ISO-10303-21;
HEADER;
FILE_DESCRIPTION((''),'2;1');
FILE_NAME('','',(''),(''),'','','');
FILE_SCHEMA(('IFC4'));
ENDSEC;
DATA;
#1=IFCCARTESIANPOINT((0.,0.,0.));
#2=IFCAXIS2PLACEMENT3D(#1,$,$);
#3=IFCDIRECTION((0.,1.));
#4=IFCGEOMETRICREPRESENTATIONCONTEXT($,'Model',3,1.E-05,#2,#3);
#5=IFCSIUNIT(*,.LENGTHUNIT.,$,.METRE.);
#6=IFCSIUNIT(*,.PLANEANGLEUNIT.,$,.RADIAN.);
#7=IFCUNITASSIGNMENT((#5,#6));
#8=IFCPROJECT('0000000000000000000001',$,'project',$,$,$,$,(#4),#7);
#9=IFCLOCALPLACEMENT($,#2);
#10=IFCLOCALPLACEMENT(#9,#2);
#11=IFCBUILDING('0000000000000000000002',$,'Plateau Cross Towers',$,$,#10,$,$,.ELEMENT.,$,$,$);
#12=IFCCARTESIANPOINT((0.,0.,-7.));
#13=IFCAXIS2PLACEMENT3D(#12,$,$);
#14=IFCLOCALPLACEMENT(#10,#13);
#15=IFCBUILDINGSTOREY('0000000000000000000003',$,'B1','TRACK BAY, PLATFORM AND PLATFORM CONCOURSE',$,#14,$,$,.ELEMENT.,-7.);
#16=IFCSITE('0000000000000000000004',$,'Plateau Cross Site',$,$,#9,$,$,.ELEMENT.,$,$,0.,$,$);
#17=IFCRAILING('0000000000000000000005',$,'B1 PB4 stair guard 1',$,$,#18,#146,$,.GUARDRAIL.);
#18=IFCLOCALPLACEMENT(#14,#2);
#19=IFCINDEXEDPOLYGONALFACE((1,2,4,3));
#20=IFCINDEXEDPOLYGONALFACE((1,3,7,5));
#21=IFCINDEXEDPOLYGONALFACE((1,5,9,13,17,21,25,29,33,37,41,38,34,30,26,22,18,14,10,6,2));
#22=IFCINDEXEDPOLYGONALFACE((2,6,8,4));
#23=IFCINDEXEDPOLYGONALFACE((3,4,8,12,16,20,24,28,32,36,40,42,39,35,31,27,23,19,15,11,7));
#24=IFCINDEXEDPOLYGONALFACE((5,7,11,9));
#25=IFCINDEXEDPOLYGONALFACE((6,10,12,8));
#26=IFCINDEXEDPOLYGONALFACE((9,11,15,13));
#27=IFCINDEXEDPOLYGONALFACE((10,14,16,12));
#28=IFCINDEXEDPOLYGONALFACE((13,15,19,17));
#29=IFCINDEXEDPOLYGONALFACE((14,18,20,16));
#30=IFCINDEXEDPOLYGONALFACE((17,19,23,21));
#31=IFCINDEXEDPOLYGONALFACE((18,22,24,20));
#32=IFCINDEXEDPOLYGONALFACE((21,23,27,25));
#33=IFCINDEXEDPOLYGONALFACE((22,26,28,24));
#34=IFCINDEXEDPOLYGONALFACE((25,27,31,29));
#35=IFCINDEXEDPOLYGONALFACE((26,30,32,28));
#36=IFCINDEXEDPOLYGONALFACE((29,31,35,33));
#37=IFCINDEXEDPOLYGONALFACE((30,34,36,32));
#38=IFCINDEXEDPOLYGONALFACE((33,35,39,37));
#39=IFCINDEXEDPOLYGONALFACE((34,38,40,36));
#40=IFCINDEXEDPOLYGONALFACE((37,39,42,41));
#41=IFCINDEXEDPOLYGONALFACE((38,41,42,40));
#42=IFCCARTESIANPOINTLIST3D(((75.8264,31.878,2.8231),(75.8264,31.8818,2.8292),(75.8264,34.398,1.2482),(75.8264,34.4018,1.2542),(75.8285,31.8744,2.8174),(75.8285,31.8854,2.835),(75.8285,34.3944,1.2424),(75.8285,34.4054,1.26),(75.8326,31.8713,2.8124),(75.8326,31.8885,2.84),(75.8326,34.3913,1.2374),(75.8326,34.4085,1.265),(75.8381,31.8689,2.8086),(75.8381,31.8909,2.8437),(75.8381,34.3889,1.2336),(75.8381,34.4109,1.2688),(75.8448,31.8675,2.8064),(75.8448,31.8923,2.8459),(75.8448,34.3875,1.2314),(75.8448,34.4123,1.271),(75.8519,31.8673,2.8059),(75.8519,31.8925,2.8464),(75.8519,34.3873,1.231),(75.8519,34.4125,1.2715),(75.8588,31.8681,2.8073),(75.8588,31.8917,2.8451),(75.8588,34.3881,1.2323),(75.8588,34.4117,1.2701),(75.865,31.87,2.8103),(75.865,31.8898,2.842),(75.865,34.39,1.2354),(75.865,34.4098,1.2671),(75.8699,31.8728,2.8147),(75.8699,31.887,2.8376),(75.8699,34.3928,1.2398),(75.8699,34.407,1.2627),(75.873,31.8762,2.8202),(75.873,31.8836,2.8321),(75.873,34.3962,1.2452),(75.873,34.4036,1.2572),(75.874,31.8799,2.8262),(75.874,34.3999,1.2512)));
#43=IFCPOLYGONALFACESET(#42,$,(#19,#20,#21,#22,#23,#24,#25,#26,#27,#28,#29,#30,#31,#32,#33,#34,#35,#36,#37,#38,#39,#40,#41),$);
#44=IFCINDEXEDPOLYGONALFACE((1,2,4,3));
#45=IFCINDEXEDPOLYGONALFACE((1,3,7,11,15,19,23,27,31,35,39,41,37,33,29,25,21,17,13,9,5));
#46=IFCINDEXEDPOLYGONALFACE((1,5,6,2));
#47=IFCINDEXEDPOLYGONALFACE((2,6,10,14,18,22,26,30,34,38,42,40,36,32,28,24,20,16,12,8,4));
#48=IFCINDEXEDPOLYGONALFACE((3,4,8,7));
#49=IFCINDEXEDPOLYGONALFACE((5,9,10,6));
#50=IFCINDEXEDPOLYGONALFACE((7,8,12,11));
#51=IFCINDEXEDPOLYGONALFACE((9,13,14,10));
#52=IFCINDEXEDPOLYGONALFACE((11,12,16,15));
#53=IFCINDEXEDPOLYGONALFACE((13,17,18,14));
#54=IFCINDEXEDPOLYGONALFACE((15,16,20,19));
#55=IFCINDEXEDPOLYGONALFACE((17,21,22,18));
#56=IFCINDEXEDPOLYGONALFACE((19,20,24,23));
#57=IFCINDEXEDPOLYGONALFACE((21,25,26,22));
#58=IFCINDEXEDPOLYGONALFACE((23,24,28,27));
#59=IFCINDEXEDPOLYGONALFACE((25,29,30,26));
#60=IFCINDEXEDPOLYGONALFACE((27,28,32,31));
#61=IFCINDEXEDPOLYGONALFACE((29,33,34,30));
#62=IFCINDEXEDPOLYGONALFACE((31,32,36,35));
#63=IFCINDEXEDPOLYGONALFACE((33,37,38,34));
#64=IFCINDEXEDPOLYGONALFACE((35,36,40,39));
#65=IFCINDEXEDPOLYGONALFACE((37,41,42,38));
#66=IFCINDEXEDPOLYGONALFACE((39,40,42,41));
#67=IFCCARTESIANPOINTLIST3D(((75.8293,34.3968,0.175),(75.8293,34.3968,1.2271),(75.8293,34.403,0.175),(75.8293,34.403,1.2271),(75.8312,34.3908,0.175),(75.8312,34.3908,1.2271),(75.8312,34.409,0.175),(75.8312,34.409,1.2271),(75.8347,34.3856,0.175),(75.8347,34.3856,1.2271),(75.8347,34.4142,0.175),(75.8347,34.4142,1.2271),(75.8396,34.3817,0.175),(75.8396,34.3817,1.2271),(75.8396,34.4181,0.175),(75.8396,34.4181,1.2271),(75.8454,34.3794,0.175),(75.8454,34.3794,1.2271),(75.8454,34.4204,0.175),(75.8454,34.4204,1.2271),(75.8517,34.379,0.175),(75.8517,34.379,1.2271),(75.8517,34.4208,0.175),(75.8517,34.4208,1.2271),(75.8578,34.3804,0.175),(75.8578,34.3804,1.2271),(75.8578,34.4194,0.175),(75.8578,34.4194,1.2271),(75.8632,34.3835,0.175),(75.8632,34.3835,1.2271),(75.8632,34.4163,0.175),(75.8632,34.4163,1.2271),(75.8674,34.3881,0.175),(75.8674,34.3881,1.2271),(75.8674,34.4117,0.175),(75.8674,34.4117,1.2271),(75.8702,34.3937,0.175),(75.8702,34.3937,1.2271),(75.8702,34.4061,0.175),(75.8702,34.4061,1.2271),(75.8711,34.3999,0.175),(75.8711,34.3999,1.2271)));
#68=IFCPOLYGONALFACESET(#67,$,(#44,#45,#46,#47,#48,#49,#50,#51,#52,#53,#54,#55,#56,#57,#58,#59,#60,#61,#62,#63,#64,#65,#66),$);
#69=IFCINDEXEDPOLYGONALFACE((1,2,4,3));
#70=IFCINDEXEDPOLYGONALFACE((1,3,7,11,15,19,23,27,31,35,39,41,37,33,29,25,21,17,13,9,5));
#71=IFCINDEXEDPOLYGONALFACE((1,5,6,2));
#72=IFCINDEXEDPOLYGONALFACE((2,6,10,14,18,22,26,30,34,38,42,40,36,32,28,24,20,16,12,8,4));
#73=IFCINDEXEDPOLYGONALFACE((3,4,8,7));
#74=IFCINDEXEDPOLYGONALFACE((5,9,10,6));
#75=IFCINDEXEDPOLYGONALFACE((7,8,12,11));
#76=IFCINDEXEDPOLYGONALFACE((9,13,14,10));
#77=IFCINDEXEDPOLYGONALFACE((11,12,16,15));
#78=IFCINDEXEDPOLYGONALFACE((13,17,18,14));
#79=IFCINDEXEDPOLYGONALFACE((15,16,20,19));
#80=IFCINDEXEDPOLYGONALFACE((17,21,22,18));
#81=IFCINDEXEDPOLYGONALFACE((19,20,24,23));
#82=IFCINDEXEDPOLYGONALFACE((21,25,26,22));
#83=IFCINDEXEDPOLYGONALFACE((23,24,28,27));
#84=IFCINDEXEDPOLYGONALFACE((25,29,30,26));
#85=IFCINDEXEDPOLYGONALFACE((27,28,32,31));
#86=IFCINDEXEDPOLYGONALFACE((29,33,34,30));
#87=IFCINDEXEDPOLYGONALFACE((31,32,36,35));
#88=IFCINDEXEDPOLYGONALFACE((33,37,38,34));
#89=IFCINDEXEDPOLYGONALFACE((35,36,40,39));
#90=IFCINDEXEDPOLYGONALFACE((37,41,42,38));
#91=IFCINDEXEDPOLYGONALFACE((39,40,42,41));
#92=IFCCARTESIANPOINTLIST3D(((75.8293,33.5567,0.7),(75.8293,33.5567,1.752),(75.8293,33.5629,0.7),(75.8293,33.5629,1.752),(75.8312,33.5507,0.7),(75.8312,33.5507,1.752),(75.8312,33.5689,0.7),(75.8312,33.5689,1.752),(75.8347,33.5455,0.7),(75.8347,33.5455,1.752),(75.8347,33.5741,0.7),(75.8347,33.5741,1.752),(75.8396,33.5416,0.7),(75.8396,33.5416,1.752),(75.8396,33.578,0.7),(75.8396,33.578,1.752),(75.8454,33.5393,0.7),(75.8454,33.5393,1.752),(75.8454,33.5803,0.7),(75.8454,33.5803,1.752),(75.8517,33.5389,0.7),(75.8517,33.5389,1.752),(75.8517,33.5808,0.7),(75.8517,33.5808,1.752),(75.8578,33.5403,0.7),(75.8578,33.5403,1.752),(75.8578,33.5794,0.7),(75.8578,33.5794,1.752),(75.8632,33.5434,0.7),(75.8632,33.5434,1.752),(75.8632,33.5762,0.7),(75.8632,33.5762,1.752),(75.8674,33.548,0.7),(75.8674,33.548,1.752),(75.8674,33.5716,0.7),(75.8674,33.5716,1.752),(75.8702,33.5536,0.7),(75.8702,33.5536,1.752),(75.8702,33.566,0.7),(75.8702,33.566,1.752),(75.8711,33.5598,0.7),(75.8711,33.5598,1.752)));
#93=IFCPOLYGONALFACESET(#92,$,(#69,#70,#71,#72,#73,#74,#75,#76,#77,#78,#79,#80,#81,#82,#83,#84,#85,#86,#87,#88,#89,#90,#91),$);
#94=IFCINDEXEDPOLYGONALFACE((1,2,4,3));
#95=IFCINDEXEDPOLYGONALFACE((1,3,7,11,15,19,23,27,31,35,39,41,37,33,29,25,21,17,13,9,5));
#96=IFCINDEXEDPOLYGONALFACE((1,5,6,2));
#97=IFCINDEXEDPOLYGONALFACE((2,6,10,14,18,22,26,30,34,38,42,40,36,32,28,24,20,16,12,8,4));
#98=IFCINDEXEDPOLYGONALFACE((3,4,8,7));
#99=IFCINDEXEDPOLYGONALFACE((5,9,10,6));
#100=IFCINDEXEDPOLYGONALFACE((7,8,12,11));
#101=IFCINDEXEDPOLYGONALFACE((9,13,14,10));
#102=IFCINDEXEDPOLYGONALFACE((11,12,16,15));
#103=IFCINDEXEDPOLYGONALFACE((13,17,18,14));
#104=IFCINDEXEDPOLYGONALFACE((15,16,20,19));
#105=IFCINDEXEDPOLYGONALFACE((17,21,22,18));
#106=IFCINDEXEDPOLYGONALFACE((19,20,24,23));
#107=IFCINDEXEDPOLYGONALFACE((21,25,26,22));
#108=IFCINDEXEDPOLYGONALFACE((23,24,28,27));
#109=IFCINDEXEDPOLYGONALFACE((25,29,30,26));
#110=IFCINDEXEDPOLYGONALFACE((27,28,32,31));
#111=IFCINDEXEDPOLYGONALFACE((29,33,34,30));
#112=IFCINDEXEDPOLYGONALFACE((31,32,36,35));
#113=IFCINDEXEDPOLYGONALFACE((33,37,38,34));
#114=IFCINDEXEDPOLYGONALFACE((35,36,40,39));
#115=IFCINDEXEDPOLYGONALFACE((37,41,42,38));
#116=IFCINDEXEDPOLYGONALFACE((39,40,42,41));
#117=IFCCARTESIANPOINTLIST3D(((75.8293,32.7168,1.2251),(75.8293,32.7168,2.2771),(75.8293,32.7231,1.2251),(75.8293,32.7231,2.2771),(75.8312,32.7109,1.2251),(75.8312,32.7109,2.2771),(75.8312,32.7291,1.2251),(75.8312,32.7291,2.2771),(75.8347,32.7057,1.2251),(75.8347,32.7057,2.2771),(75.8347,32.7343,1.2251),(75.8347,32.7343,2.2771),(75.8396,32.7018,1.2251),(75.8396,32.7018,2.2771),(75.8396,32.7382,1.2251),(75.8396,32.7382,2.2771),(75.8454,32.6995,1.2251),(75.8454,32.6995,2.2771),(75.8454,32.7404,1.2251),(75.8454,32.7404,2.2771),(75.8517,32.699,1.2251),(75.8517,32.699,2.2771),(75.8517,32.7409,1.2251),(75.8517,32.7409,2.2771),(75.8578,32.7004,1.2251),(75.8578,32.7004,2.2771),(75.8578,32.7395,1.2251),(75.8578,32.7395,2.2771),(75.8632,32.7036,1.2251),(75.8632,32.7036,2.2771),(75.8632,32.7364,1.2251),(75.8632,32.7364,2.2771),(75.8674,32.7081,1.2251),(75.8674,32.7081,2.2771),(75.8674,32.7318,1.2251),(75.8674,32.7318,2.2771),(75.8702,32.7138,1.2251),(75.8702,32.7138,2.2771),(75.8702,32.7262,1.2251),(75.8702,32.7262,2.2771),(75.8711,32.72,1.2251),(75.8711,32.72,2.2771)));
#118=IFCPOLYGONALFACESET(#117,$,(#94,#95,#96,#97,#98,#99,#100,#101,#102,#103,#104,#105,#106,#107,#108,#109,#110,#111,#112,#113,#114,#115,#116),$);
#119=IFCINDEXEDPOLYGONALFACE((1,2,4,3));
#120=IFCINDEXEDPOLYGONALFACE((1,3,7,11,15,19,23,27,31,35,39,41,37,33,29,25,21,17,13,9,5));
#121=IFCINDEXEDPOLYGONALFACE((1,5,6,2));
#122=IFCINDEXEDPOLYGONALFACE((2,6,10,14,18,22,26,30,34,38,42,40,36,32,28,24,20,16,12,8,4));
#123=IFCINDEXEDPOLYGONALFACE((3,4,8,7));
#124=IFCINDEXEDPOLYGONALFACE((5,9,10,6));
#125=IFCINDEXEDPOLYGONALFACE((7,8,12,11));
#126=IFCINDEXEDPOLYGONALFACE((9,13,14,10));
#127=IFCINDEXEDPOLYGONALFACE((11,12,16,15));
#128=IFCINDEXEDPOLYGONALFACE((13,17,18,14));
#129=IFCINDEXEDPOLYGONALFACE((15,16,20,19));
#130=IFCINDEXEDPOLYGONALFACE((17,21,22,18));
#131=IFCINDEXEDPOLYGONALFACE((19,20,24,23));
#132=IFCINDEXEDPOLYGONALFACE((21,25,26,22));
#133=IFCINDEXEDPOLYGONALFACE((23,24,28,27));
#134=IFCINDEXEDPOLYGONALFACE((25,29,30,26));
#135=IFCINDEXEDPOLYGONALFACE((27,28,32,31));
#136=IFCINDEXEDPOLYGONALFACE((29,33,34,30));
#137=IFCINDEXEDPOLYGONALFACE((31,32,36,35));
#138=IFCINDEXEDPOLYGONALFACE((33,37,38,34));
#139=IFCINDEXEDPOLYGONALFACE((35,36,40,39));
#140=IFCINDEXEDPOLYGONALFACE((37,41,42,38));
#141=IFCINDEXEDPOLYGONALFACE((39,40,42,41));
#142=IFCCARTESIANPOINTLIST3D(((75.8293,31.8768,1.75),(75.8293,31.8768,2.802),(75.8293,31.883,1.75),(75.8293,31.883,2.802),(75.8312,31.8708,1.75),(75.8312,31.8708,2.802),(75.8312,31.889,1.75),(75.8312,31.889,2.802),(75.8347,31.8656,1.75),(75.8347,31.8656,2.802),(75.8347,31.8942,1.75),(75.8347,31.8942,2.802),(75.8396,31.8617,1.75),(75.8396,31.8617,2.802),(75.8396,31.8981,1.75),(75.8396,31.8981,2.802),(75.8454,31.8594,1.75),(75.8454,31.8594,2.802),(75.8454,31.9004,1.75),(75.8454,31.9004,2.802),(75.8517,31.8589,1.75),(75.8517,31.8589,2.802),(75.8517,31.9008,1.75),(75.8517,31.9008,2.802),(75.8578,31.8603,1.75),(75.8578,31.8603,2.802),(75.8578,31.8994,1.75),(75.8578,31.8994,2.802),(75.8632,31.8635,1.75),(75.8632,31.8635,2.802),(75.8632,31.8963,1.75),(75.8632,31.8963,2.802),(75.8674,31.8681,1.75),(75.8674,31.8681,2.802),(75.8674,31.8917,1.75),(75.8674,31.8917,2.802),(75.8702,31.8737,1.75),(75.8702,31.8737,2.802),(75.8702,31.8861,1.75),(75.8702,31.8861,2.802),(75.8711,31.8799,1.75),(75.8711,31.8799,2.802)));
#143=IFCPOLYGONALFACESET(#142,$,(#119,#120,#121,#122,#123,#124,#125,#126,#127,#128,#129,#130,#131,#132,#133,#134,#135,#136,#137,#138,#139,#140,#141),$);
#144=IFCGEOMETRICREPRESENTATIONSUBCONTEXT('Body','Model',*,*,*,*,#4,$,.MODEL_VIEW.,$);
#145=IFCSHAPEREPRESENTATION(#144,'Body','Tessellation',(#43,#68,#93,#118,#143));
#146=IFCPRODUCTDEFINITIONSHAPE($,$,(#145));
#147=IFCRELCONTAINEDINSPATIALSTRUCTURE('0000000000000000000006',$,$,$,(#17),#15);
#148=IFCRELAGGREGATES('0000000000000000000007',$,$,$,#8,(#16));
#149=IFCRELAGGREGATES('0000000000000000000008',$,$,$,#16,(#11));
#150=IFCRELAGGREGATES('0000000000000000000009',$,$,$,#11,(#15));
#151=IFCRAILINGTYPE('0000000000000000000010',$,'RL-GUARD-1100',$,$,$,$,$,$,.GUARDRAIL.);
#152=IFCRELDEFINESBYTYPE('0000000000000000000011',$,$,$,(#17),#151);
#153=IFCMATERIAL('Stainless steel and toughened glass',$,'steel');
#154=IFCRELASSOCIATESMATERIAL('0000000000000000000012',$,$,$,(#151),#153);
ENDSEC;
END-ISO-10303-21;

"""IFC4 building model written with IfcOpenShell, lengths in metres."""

from ifc_helpers import new_model, si_unit, direction, frame, origin, origin_2d, place, context, subcontext, project, spatial, circle, extrude, material, type_object, element, save


model = new_model("IFC4")

# Units and contexts
model_context = context("Model", 3, precision=1e-05, world=origin(), true_north=direction((0.0, 1.0)))
body_context = subcontext(model_context, "Body", "Model", "MODEL_VIEW")
ifc_project = project(units=[si_unit("LENGTHUNIT", "METRE"), si_unit("PLANEANGLEUNIT", "RADIAN")], contexts=[model_context])

# Site, building, storey
site_placement = place(None, origin())
site = spatial("IfcSite", under=ifc_project, at=site_placement, Name="Plateau Cross Site", CompositionType="ELEMENT", RefElevation=0.0)
building_placement = place(site_placement, origin())
building = spatial("IfcBuilding", under=site, at=building_placement, Name="Plateau Cross Towers", CompositionType="ELEMENT")
storey_placement = place(building_placement, frame((0.0, 0.0, -7.0)))
storey = spatial("IfcBuildingStorey", under=building, at=storey_placement, Name="B1", Description="TRACK BAY, PLATFORM AND PLATFORM CONCOURSE", CompositionType="ELEMENT", Elevation=-7.0)

# Railing
ifc_material_1 = material(Name="Stainless steel and toughened glass", Category="steel")
railing_type_1 = type_object("IfcRailingType", Name="RL-GUARD-1100", PredefinedType="GUARDRAIL", material=ifc_material_1)
railing_1_placement = place(storey_placement, frame((75.8501, 34.3999, 0.175)))
element("IfcRailing", 1, at=railing_1_placement, inside=storey, type_object=railing_type_1, Name="B1 PB4 stair guard 1", PredefinedType="GUARDRAIL", context=body_context, shape_type="SweptSolid", body=[
    extrude(circle(Radius=0.0239, at=origin_2d()), frame((0.0, 0.0, 1.0762), z_axis=(0.0, -0.848008, 0.529984), x_axis=(1.0, 0.0, 0.0)), (0.0, 0.0, 1.0), 2.9717),
    extrude(circle(Radius=0.021, at=origin_2d()), origin(), (0.0, 0.0, 1.0), 1.052),
    extrude(circle(Radius=0.021, at=origin_2d()), frame((0.0, -0.8401, 0.5249)), (0.0, 0.0, 1.0), 1.052),
    extrude(circle(Radius=0.021, at=origin_2d()), frame((0.0, -1.6799, 1.05)), (0.0, 0.0, 1.0), 1.052),
    extrude(circle(Radius=0.021, at=origin_2d()), frame((0.0, -2.52, 1.575)), (0.0, 0.0, 1.0), 1.052),
])

save(model, "model.ifc")
